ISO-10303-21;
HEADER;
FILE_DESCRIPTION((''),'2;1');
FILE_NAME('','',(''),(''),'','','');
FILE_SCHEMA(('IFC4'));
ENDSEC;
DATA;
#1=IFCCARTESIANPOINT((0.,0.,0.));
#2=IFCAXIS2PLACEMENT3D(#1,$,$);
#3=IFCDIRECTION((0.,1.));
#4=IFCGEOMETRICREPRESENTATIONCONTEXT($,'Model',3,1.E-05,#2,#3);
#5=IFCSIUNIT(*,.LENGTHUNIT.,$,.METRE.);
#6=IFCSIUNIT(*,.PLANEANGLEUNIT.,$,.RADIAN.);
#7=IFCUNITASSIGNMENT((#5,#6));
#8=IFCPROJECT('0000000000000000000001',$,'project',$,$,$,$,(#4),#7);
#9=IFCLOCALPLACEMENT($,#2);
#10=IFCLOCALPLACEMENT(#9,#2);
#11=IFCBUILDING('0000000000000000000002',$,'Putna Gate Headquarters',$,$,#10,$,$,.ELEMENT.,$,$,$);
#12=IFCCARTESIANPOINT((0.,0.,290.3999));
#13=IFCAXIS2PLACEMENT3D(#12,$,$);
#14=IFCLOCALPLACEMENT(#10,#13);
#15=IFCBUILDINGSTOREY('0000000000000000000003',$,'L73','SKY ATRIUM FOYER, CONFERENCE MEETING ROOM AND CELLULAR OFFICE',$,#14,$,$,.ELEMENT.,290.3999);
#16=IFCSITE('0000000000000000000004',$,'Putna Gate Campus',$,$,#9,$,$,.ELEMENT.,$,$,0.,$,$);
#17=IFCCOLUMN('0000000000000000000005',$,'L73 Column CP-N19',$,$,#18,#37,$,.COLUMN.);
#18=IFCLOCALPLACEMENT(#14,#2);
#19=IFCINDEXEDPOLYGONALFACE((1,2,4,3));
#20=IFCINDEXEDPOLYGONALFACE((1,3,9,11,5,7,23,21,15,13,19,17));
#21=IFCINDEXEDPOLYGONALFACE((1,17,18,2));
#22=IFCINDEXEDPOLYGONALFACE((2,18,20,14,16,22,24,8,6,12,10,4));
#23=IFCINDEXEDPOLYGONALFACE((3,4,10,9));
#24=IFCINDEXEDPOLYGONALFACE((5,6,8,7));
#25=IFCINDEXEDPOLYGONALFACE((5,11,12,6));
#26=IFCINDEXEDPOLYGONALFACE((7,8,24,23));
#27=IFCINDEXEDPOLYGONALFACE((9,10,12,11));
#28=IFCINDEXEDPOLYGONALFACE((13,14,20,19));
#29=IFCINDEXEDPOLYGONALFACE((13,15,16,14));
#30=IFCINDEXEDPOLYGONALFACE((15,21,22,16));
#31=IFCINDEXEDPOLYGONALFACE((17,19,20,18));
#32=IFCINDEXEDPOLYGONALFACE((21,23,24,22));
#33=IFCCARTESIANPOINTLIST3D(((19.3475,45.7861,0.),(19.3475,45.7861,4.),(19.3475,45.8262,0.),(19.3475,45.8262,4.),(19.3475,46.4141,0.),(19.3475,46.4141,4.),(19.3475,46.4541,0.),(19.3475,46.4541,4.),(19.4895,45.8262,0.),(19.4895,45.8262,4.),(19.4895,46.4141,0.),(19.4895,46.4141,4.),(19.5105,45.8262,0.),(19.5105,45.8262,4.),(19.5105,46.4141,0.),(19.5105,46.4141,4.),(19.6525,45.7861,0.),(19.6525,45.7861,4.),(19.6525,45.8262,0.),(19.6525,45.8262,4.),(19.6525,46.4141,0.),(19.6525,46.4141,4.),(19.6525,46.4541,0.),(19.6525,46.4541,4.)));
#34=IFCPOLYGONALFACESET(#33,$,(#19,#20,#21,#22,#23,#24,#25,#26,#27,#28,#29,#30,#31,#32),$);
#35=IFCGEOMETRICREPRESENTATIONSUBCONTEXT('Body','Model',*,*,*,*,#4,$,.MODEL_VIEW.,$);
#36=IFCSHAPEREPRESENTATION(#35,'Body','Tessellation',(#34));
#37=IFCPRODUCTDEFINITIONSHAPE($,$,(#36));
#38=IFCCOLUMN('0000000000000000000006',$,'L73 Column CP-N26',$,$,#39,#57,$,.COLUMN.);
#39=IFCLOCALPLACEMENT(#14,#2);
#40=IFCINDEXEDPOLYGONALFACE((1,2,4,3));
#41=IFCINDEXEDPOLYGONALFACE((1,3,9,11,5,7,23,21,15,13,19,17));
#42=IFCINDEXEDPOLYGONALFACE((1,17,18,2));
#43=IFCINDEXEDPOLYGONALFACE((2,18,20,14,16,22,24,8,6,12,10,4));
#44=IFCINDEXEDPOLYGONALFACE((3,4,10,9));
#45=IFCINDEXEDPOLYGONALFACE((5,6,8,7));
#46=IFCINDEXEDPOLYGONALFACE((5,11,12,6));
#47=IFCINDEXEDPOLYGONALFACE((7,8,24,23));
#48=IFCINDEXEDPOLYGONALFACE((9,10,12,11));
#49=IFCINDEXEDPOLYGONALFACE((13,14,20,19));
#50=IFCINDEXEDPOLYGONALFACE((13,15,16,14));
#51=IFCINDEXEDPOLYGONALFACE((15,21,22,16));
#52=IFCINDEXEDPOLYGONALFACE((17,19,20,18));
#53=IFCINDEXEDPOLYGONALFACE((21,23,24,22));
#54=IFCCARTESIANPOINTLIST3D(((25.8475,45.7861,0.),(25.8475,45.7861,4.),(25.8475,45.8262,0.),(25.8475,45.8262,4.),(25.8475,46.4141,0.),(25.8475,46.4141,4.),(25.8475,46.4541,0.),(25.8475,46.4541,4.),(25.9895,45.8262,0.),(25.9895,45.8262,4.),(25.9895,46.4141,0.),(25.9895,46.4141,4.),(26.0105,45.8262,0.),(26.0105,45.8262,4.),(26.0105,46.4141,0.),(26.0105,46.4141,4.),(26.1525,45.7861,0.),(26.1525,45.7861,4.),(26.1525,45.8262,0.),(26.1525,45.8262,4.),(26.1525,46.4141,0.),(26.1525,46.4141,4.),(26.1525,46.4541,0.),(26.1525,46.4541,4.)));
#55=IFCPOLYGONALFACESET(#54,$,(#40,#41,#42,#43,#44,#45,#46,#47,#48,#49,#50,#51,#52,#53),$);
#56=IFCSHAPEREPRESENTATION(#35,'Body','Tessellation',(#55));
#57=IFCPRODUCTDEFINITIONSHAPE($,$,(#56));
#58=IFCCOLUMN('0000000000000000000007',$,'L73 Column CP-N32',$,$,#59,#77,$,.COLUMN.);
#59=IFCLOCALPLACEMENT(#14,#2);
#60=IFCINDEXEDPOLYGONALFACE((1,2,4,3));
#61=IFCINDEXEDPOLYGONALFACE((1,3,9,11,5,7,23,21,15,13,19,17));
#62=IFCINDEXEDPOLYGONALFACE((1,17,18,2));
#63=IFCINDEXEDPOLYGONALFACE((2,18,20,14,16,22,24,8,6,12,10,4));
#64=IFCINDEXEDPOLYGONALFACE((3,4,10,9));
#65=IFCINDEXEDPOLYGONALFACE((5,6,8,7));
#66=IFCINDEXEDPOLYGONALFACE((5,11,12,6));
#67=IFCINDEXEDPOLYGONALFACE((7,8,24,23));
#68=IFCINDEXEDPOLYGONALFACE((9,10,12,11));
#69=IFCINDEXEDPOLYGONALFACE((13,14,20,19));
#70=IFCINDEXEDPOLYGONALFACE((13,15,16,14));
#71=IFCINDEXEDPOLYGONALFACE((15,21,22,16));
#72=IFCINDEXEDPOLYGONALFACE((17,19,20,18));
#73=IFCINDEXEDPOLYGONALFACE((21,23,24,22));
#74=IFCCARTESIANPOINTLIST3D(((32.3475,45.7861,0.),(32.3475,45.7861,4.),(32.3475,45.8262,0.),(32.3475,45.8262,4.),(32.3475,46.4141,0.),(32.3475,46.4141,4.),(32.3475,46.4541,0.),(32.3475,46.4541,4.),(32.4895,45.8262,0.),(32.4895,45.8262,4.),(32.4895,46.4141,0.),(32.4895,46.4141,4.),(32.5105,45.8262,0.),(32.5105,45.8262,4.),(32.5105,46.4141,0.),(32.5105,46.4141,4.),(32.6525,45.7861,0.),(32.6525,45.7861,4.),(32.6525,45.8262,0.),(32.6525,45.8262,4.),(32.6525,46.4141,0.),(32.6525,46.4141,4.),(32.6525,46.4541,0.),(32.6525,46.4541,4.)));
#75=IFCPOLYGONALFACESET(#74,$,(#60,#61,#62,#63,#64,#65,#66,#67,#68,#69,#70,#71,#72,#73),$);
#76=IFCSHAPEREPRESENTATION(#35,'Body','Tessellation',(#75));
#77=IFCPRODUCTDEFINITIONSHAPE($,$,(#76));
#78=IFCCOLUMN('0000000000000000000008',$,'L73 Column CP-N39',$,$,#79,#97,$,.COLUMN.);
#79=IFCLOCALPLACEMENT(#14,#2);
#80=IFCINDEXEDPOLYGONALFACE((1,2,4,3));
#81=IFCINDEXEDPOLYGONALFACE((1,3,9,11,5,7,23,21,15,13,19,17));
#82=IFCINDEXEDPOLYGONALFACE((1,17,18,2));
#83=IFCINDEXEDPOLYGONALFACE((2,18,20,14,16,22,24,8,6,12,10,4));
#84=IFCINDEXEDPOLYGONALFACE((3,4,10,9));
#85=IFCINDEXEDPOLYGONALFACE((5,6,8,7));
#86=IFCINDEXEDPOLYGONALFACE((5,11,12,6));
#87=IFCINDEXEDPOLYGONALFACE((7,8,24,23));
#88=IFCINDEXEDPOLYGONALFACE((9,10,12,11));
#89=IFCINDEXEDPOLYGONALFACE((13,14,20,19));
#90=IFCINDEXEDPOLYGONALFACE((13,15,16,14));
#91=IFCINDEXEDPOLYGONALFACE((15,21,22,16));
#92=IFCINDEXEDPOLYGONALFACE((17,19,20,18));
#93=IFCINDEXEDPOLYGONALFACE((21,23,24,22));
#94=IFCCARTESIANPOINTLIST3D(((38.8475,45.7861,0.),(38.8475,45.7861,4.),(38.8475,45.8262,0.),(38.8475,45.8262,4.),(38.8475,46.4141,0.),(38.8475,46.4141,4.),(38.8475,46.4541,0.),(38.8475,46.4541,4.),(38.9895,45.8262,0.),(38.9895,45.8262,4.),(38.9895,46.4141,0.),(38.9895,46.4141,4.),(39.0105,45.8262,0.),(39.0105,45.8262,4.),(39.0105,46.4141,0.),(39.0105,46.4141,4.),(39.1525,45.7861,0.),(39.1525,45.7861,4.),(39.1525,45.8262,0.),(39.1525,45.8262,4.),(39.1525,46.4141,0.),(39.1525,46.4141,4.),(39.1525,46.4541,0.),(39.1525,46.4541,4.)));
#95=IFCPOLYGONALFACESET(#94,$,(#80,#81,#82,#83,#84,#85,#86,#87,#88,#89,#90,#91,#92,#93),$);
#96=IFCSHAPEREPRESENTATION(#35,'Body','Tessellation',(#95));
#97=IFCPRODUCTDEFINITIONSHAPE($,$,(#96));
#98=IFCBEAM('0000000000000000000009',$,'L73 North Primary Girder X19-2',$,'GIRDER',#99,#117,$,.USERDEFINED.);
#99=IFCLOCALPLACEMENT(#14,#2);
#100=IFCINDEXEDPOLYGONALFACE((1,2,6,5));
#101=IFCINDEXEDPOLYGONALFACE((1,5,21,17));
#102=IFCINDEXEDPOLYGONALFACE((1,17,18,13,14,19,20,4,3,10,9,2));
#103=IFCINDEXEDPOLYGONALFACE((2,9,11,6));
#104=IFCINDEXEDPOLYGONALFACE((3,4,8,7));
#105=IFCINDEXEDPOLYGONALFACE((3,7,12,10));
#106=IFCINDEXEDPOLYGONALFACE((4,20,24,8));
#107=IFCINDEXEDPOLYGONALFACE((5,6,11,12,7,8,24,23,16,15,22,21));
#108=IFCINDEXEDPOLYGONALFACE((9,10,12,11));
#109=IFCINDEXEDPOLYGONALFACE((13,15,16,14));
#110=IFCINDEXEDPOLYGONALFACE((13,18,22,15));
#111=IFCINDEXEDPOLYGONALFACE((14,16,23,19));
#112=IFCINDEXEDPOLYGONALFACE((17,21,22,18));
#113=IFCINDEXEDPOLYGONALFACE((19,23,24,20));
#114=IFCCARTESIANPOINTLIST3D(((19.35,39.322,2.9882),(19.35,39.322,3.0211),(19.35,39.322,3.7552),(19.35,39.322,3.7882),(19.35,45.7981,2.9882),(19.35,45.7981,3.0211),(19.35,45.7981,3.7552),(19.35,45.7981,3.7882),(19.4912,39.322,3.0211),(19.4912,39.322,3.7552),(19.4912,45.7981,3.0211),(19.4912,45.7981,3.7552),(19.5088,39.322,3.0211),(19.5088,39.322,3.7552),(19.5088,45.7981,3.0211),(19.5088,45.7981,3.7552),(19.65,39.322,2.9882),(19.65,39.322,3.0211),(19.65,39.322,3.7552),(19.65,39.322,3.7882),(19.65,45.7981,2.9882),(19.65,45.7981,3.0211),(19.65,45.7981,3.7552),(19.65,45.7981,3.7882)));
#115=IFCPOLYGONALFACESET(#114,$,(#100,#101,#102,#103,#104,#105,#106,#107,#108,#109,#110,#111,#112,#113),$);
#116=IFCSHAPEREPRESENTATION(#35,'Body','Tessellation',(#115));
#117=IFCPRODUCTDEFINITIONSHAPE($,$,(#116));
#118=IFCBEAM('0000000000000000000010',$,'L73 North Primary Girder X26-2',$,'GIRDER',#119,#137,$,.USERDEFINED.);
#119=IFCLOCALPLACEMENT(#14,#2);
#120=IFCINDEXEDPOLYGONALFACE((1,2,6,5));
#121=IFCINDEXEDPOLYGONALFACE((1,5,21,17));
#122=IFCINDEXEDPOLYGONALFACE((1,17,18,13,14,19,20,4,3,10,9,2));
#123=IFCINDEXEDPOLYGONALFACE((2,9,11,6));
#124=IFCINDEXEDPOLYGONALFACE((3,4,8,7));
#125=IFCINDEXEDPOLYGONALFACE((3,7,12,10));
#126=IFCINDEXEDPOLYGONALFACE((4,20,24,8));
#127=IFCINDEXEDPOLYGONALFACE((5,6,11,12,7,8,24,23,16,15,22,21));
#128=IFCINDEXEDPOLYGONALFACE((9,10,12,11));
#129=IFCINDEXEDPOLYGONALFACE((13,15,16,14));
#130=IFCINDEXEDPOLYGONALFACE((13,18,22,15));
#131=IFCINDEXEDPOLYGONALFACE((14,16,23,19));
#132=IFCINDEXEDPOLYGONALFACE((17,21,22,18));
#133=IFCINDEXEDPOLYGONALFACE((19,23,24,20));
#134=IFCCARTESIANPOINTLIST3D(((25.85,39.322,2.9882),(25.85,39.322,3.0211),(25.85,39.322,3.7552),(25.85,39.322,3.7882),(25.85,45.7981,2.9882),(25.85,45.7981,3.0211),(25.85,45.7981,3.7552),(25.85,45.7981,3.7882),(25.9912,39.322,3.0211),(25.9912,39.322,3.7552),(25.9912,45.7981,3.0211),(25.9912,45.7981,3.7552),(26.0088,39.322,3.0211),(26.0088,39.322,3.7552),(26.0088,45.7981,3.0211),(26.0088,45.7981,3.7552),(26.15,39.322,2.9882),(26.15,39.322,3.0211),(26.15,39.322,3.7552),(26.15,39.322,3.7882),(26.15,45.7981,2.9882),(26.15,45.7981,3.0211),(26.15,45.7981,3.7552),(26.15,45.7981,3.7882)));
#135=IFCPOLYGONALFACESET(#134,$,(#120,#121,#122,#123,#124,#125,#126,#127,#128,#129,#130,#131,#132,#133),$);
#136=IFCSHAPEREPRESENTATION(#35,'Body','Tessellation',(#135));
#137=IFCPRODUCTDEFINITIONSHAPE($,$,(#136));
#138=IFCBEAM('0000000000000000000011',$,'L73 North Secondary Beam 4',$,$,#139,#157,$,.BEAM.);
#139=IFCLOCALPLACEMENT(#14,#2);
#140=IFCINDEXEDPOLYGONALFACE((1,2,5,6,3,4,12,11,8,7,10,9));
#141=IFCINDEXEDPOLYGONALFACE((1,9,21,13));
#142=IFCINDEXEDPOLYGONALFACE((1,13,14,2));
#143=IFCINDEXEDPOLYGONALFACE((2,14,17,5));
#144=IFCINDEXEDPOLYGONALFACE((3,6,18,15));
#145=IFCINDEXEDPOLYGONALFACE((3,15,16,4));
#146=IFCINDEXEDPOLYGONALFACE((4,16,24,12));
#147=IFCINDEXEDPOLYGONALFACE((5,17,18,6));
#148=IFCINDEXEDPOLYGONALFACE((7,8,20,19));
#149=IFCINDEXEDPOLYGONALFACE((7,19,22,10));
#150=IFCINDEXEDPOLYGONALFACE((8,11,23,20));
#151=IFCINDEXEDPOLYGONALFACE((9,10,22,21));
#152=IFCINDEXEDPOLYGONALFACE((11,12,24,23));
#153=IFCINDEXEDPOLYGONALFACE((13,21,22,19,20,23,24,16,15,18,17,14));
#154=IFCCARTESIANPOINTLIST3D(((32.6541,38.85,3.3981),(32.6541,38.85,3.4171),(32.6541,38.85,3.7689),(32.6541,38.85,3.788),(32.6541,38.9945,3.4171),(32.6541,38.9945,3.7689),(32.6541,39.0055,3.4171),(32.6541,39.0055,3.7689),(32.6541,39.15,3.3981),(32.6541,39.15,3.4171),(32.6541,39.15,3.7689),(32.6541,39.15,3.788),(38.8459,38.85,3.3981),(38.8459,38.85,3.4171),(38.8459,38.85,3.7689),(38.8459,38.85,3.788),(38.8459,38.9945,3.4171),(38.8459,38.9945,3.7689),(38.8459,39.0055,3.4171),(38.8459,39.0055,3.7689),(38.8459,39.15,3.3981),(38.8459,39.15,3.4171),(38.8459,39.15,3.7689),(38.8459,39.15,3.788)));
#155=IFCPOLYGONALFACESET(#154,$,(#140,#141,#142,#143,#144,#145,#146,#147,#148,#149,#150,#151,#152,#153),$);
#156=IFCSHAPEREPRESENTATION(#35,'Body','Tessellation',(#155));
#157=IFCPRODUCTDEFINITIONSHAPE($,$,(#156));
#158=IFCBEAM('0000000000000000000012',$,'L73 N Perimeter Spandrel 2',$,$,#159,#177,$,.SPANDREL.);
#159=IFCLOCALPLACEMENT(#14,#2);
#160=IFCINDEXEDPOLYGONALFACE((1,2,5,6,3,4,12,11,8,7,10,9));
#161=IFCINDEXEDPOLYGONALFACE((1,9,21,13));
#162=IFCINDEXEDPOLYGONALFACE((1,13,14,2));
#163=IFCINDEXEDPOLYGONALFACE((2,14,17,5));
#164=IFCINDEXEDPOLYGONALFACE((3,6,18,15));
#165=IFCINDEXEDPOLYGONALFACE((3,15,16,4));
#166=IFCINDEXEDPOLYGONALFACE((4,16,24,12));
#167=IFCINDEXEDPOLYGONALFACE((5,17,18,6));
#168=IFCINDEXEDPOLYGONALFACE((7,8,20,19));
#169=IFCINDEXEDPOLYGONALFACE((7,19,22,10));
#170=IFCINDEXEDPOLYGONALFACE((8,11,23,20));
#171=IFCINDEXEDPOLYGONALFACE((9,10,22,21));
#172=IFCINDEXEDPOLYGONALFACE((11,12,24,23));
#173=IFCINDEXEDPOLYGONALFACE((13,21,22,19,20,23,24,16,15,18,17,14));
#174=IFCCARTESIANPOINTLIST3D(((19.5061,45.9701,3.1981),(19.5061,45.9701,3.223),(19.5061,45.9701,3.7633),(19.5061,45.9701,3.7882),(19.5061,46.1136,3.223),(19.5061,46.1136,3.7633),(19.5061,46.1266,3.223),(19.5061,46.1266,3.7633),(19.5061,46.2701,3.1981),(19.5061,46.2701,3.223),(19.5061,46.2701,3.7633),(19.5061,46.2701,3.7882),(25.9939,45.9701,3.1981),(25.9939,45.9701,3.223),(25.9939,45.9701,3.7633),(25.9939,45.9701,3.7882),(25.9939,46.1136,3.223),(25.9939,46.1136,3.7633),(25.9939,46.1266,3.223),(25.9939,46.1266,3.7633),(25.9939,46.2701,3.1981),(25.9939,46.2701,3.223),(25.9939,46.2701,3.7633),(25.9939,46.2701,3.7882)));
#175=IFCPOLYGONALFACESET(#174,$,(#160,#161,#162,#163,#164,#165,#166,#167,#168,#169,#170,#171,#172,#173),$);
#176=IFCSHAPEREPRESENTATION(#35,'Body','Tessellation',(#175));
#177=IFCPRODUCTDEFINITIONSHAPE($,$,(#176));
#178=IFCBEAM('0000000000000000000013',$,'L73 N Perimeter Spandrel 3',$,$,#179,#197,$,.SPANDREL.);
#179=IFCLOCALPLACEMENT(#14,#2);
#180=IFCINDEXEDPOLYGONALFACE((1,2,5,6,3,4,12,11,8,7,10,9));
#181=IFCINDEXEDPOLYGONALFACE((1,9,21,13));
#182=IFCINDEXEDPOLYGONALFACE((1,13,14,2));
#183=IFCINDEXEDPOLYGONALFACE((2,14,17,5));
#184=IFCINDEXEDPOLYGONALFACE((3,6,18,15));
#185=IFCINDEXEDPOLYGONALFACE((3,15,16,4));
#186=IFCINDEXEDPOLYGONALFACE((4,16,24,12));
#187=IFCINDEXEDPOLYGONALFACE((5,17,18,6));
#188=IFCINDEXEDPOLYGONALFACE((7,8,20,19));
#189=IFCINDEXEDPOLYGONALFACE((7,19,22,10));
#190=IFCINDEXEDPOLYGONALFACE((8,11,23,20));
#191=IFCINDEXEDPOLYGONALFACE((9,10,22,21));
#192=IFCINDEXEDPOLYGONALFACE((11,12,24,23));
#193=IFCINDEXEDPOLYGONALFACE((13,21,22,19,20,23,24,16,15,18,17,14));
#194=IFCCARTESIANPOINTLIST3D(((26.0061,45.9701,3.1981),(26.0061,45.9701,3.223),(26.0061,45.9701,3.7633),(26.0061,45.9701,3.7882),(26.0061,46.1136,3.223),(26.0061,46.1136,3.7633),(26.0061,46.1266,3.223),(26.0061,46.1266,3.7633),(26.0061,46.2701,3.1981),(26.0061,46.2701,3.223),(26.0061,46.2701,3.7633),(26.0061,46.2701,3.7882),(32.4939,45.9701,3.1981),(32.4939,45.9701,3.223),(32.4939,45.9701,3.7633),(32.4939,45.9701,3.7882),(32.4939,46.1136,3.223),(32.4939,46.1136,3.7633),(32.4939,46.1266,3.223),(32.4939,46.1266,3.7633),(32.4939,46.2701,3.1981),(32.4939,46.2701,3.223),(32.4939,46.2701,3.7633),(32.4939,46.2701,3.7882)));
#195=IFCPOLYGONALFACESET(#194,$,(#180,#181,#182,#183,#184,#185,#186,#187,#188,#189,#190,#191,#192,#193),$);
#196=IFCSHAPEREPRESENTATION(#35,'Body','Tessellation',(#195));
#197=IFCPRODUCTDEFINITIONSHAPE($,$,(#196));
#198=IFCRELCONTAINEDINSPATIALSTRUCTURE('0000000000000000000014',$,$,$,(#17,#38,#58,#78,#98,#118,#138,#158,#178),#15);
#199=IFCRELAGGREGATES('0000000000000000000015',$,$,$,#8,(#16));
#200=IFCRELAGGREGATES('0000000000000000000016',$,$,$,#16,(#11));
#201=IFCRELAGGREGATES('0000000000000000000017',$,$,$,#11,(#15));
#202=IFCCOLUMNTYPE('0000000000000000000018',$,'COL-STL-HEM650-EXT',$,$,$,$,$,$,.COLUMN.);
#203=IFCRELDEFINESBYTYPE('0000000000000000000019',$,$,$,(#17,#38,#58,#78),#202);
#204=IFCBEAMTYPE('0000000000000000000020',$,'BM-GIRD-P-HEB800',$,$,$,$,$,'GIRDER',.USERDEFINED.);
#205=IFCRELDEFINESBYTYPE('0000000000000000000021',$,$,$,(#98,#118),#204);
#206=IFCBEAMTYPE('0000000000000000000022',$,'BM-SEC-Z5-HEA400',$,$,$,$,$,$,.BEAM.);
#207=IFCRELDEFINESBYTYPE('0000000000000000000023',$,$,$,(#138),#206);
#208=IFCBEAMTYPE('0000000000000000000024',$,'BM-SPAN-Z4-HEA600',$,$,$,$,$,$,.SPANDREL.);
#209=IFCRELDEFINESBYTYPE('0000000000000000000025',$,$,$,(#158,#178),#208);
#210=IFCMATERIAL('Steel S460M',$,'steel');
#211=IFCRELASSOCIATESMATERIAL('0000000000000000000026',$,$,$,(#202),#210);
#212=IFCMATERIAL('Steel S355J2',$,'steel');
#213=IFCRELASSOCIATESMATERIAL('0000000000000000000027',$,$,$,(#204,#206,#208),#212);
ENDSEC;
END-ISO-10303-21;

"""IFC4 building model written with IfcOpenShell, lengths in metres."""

from ifc_helpers import new_model, si_unit, direction, frame, origin, origin_2d, place, context, subcontext, project, spatial, i_section, extrude, material, material_profile, profile_set, type_object, element, save


model = new_model("IFC4")

# Units and contexts
model_context = context("Model", 3, precision=1e-05, world=origin(), true_north=direction((0.0, 1.0)))
body_context = subcontext(model_context, "Body", "Model", "MODEL_VIEW")
ifc_project = project(units=[si_unit("LENGTHUNIT", "METRE"), si_unit("PLANEANGLEUNIT", "RADIAN")], contexts=[model_context])

# Site, building, storey
site_placement = place(None, origin())
site = spatial("IfcSite", under=ifc_project, at=site_placement, Name="Putna Gate Campus", CompositionType="ELEMENT", RefElevation=0.0)
building_placement = place(site_placement, origin())
building = spatial("IfcBuilding", under=site, at=building_placement, Name="Putna Gate Headquarters", CompositionType="ELEMENT")
storey_placement = place(building_placement, frame((0.0, 0.0, 290.3999)))
storey = spatial("IfcBuildingStorey", under=building, at=storey_placement, Name="L73", Description="SKY ATRIUM FOYER, CONFERENCE MEETING ROOM AND CELLULAR OFFICE", CompositionType="ELEMENT", Elevation=290.3999)

# Columns
ifc_material_1 = material(Name="Steel S460M", Category="steel")
ifc_material_profile_1 = material_profile(ifc_material_1, i_section(OverallWidth=0.3049, OverallDepth=0.668, WebThickness=0.021, FlangeThickness=0.04, at=origin_2d()), Name="Steel S460M")
ifc_profile_set_1 = profile_set([ifc_material_profile_1], Name="Steel S460M")
column_type = type_object("IfcColumnType", Name="COL-STL-HEM650-EXT", PredefinedType="COLUMN", material=ifc_profile_set_1)
for number, where, z_axis, x_axis, name in (
    (1, (19.5, 46.1201, 0.0), (0.0, 0.0, 1.0), (1.0, 0.0, 0.0), "L73 Column CP-N19"),
    (2, (26.0, 46.1201, 0.0), (0.0, 0.0, 1.0), (1.0, 0.0, 0.0), "L73 Column CP-N26"),
    (3, (32.5, 46.1201, 0.0), (0.0, 0.0, 1.0), (1.0, 0.0, 0.0), "L73 Column CP-N32"),
    (4, (39.0, 46.1201, 0.0), (0.0, 0.0, 1.0), (1.0, 0.0, 0.0), "L73 Column CP-N39"),
):
    element("IfcColumn", number, at=place(storey_placement, frame(where, z_axis=z_axis, x_axis=x_axis)), inside=storey, type_object=column_type, Name=name, PredefinedType="COLUMN", context=body_context, shape_type="SweptSolid", body=[
        extrude(i_section(OverallWidth=0.3049, OverallDepth=0.668, WebThickness=0.021, FlangeThickness=0.04, at=origin_2d()), origin(), (0.0, 0.0, 1.0), 4.0),
    ])

# Beams
ifc_material_2 = material(Name="Steel S355J2", Category="steel")
ifc_material_profile_2 = material_profile(ifc_material_2, i_section(OverallWidth=0.3, OverallDepth=0.8, WebThickness=0.0176, FlangeThickness=0.033, at=origin_2d()), Name="Steel S355J2")
ifc_profile_set_2 = profile_set([ifc_material_profile_2], Name="Steel S355J2")
beam_type_1 = type_object("IfcBeamType", Name="BM-GIRD-P-HEB800", ElementType="GIRDER", PredefinedType="USERDEFINED", material=ifc_profile_set_2)
for number, where, z_axis, x_axis, name in (
    (5, (19.5, 39.322, 3.3882), (0.0, 1.0, 0.0), (-1.0, 0.0, 0.0), "L73 North Primary Girder X19-2"),
    (6, (26.0, 39.322, 3.3882), (0.0, 1.0, 0.0), (-1.0, 0.0, 0.0), "L73 North Primary Girder X26-2"),
):
    element("IfcBeam", number, at=place(storey_placement, frame(where, z_axis=z_axis, x_axis=x_axis)), inside=storey, type_object=beam_type_1, Name=name, ObjectType="GIRDER", PredefinedType="USERDEFINED", context=body_context, shape_type="SweptSolid", body=[
        extrude(i_section(OverallWidth=0.3, OverallDepth=0.8, WebThickness=0.0176, FlangeThickness=0.033, at=origin_2d()), origin(), (0.0, 0.0, 1.0), 6.4761),
    ])
ifc_material_profile_3 = material_profile(ifc_material_2, i_section(OverallWidth=0.3, OverallDepth=0.3899, WebThickness=0.011, FlangeThickness=0.019, at=origin_2d()), Name="Steel S355J2")
ifc_profile_set_3 = profile_set([ifc_material_profile_3], Name="Steel S355J2")
beam_type_2 = type_object("IfcBeamType", Name="BM-SEC-Z5-HEA400", PredefinedType="BEAM", material=ifc_profile_set_3)
beam_placement = place(storey_placement, frame((32.6541, 39.0, 3.593), z_axis=(1.0, 0.0, 0.0), x_axis=(0.0, 1.0, 0.0)))
element("IfcBeam", 7, at=beam_placement, inside=storey, type_object=beam_type_2, Name="L73 North Secondary Beam 4", PredefinedType="BEAM", context=body_context, shape_type="SweptSolid", body=[
    extrude(i_section(OverallWidth=0.3, OverallDepth=0.3899, WebThickness=0.011, FlangeThickness=0.019, at=origin_2d()), origin(), (0.0, 0.0, 1.0), 6.1919),
])
ifc_material_profile_4 = material_profile(ifc_material_2, i_section(OverallWidth=0.3, OverallDepth=0.5901, WebThickness=0.0129, FlangeThickness=0.0249, at=origin_2d()), Name="Steel S355J2")
ifc_profile_set_4 = profile_set([ifc_material_profile_4], Name="Steel S355J2")
beam_type_3 = type_object("IfcBeamType", Name="BM-SPAN-Z4-HEA600", PredefinedType="SPANDREL", material=ifc_profile_set_4)
for number, where, z_axis, x_axis, name in (
    (8, (19.5061, 46.1201, 3.4932), (1.0, 0.0, 0.0), (0.0, 1.0, 0.0), "L73 N Perimeter Spandrel 2"),
    (9, (26.0061, 46.1201, 3.4932), (1.0, 0.0, 0.0), (0.0, 1.0, 0.0), "L73 N Perimeter Spandrel 3"),
):
    element("IfcBeam", number, at=place(storey_placement, frame(where, z_axis=z_axis, x_axis=x_axis)), inside=storey, type_object=beam_type_3, Name=name, PredefinedType="SPANDREL", context=body_context, shape_type="SweptSolid", body=[
        extrude(i_section(OverallWidth=0.3, OverallDepth=0.5901, WebThickness=0.0129, FlangeThickness=0.0249, at=origin_2d()), origin(), (0.0, 0.0, 1.0), 6.4878),
    ])

save(model, "model.ifc")
